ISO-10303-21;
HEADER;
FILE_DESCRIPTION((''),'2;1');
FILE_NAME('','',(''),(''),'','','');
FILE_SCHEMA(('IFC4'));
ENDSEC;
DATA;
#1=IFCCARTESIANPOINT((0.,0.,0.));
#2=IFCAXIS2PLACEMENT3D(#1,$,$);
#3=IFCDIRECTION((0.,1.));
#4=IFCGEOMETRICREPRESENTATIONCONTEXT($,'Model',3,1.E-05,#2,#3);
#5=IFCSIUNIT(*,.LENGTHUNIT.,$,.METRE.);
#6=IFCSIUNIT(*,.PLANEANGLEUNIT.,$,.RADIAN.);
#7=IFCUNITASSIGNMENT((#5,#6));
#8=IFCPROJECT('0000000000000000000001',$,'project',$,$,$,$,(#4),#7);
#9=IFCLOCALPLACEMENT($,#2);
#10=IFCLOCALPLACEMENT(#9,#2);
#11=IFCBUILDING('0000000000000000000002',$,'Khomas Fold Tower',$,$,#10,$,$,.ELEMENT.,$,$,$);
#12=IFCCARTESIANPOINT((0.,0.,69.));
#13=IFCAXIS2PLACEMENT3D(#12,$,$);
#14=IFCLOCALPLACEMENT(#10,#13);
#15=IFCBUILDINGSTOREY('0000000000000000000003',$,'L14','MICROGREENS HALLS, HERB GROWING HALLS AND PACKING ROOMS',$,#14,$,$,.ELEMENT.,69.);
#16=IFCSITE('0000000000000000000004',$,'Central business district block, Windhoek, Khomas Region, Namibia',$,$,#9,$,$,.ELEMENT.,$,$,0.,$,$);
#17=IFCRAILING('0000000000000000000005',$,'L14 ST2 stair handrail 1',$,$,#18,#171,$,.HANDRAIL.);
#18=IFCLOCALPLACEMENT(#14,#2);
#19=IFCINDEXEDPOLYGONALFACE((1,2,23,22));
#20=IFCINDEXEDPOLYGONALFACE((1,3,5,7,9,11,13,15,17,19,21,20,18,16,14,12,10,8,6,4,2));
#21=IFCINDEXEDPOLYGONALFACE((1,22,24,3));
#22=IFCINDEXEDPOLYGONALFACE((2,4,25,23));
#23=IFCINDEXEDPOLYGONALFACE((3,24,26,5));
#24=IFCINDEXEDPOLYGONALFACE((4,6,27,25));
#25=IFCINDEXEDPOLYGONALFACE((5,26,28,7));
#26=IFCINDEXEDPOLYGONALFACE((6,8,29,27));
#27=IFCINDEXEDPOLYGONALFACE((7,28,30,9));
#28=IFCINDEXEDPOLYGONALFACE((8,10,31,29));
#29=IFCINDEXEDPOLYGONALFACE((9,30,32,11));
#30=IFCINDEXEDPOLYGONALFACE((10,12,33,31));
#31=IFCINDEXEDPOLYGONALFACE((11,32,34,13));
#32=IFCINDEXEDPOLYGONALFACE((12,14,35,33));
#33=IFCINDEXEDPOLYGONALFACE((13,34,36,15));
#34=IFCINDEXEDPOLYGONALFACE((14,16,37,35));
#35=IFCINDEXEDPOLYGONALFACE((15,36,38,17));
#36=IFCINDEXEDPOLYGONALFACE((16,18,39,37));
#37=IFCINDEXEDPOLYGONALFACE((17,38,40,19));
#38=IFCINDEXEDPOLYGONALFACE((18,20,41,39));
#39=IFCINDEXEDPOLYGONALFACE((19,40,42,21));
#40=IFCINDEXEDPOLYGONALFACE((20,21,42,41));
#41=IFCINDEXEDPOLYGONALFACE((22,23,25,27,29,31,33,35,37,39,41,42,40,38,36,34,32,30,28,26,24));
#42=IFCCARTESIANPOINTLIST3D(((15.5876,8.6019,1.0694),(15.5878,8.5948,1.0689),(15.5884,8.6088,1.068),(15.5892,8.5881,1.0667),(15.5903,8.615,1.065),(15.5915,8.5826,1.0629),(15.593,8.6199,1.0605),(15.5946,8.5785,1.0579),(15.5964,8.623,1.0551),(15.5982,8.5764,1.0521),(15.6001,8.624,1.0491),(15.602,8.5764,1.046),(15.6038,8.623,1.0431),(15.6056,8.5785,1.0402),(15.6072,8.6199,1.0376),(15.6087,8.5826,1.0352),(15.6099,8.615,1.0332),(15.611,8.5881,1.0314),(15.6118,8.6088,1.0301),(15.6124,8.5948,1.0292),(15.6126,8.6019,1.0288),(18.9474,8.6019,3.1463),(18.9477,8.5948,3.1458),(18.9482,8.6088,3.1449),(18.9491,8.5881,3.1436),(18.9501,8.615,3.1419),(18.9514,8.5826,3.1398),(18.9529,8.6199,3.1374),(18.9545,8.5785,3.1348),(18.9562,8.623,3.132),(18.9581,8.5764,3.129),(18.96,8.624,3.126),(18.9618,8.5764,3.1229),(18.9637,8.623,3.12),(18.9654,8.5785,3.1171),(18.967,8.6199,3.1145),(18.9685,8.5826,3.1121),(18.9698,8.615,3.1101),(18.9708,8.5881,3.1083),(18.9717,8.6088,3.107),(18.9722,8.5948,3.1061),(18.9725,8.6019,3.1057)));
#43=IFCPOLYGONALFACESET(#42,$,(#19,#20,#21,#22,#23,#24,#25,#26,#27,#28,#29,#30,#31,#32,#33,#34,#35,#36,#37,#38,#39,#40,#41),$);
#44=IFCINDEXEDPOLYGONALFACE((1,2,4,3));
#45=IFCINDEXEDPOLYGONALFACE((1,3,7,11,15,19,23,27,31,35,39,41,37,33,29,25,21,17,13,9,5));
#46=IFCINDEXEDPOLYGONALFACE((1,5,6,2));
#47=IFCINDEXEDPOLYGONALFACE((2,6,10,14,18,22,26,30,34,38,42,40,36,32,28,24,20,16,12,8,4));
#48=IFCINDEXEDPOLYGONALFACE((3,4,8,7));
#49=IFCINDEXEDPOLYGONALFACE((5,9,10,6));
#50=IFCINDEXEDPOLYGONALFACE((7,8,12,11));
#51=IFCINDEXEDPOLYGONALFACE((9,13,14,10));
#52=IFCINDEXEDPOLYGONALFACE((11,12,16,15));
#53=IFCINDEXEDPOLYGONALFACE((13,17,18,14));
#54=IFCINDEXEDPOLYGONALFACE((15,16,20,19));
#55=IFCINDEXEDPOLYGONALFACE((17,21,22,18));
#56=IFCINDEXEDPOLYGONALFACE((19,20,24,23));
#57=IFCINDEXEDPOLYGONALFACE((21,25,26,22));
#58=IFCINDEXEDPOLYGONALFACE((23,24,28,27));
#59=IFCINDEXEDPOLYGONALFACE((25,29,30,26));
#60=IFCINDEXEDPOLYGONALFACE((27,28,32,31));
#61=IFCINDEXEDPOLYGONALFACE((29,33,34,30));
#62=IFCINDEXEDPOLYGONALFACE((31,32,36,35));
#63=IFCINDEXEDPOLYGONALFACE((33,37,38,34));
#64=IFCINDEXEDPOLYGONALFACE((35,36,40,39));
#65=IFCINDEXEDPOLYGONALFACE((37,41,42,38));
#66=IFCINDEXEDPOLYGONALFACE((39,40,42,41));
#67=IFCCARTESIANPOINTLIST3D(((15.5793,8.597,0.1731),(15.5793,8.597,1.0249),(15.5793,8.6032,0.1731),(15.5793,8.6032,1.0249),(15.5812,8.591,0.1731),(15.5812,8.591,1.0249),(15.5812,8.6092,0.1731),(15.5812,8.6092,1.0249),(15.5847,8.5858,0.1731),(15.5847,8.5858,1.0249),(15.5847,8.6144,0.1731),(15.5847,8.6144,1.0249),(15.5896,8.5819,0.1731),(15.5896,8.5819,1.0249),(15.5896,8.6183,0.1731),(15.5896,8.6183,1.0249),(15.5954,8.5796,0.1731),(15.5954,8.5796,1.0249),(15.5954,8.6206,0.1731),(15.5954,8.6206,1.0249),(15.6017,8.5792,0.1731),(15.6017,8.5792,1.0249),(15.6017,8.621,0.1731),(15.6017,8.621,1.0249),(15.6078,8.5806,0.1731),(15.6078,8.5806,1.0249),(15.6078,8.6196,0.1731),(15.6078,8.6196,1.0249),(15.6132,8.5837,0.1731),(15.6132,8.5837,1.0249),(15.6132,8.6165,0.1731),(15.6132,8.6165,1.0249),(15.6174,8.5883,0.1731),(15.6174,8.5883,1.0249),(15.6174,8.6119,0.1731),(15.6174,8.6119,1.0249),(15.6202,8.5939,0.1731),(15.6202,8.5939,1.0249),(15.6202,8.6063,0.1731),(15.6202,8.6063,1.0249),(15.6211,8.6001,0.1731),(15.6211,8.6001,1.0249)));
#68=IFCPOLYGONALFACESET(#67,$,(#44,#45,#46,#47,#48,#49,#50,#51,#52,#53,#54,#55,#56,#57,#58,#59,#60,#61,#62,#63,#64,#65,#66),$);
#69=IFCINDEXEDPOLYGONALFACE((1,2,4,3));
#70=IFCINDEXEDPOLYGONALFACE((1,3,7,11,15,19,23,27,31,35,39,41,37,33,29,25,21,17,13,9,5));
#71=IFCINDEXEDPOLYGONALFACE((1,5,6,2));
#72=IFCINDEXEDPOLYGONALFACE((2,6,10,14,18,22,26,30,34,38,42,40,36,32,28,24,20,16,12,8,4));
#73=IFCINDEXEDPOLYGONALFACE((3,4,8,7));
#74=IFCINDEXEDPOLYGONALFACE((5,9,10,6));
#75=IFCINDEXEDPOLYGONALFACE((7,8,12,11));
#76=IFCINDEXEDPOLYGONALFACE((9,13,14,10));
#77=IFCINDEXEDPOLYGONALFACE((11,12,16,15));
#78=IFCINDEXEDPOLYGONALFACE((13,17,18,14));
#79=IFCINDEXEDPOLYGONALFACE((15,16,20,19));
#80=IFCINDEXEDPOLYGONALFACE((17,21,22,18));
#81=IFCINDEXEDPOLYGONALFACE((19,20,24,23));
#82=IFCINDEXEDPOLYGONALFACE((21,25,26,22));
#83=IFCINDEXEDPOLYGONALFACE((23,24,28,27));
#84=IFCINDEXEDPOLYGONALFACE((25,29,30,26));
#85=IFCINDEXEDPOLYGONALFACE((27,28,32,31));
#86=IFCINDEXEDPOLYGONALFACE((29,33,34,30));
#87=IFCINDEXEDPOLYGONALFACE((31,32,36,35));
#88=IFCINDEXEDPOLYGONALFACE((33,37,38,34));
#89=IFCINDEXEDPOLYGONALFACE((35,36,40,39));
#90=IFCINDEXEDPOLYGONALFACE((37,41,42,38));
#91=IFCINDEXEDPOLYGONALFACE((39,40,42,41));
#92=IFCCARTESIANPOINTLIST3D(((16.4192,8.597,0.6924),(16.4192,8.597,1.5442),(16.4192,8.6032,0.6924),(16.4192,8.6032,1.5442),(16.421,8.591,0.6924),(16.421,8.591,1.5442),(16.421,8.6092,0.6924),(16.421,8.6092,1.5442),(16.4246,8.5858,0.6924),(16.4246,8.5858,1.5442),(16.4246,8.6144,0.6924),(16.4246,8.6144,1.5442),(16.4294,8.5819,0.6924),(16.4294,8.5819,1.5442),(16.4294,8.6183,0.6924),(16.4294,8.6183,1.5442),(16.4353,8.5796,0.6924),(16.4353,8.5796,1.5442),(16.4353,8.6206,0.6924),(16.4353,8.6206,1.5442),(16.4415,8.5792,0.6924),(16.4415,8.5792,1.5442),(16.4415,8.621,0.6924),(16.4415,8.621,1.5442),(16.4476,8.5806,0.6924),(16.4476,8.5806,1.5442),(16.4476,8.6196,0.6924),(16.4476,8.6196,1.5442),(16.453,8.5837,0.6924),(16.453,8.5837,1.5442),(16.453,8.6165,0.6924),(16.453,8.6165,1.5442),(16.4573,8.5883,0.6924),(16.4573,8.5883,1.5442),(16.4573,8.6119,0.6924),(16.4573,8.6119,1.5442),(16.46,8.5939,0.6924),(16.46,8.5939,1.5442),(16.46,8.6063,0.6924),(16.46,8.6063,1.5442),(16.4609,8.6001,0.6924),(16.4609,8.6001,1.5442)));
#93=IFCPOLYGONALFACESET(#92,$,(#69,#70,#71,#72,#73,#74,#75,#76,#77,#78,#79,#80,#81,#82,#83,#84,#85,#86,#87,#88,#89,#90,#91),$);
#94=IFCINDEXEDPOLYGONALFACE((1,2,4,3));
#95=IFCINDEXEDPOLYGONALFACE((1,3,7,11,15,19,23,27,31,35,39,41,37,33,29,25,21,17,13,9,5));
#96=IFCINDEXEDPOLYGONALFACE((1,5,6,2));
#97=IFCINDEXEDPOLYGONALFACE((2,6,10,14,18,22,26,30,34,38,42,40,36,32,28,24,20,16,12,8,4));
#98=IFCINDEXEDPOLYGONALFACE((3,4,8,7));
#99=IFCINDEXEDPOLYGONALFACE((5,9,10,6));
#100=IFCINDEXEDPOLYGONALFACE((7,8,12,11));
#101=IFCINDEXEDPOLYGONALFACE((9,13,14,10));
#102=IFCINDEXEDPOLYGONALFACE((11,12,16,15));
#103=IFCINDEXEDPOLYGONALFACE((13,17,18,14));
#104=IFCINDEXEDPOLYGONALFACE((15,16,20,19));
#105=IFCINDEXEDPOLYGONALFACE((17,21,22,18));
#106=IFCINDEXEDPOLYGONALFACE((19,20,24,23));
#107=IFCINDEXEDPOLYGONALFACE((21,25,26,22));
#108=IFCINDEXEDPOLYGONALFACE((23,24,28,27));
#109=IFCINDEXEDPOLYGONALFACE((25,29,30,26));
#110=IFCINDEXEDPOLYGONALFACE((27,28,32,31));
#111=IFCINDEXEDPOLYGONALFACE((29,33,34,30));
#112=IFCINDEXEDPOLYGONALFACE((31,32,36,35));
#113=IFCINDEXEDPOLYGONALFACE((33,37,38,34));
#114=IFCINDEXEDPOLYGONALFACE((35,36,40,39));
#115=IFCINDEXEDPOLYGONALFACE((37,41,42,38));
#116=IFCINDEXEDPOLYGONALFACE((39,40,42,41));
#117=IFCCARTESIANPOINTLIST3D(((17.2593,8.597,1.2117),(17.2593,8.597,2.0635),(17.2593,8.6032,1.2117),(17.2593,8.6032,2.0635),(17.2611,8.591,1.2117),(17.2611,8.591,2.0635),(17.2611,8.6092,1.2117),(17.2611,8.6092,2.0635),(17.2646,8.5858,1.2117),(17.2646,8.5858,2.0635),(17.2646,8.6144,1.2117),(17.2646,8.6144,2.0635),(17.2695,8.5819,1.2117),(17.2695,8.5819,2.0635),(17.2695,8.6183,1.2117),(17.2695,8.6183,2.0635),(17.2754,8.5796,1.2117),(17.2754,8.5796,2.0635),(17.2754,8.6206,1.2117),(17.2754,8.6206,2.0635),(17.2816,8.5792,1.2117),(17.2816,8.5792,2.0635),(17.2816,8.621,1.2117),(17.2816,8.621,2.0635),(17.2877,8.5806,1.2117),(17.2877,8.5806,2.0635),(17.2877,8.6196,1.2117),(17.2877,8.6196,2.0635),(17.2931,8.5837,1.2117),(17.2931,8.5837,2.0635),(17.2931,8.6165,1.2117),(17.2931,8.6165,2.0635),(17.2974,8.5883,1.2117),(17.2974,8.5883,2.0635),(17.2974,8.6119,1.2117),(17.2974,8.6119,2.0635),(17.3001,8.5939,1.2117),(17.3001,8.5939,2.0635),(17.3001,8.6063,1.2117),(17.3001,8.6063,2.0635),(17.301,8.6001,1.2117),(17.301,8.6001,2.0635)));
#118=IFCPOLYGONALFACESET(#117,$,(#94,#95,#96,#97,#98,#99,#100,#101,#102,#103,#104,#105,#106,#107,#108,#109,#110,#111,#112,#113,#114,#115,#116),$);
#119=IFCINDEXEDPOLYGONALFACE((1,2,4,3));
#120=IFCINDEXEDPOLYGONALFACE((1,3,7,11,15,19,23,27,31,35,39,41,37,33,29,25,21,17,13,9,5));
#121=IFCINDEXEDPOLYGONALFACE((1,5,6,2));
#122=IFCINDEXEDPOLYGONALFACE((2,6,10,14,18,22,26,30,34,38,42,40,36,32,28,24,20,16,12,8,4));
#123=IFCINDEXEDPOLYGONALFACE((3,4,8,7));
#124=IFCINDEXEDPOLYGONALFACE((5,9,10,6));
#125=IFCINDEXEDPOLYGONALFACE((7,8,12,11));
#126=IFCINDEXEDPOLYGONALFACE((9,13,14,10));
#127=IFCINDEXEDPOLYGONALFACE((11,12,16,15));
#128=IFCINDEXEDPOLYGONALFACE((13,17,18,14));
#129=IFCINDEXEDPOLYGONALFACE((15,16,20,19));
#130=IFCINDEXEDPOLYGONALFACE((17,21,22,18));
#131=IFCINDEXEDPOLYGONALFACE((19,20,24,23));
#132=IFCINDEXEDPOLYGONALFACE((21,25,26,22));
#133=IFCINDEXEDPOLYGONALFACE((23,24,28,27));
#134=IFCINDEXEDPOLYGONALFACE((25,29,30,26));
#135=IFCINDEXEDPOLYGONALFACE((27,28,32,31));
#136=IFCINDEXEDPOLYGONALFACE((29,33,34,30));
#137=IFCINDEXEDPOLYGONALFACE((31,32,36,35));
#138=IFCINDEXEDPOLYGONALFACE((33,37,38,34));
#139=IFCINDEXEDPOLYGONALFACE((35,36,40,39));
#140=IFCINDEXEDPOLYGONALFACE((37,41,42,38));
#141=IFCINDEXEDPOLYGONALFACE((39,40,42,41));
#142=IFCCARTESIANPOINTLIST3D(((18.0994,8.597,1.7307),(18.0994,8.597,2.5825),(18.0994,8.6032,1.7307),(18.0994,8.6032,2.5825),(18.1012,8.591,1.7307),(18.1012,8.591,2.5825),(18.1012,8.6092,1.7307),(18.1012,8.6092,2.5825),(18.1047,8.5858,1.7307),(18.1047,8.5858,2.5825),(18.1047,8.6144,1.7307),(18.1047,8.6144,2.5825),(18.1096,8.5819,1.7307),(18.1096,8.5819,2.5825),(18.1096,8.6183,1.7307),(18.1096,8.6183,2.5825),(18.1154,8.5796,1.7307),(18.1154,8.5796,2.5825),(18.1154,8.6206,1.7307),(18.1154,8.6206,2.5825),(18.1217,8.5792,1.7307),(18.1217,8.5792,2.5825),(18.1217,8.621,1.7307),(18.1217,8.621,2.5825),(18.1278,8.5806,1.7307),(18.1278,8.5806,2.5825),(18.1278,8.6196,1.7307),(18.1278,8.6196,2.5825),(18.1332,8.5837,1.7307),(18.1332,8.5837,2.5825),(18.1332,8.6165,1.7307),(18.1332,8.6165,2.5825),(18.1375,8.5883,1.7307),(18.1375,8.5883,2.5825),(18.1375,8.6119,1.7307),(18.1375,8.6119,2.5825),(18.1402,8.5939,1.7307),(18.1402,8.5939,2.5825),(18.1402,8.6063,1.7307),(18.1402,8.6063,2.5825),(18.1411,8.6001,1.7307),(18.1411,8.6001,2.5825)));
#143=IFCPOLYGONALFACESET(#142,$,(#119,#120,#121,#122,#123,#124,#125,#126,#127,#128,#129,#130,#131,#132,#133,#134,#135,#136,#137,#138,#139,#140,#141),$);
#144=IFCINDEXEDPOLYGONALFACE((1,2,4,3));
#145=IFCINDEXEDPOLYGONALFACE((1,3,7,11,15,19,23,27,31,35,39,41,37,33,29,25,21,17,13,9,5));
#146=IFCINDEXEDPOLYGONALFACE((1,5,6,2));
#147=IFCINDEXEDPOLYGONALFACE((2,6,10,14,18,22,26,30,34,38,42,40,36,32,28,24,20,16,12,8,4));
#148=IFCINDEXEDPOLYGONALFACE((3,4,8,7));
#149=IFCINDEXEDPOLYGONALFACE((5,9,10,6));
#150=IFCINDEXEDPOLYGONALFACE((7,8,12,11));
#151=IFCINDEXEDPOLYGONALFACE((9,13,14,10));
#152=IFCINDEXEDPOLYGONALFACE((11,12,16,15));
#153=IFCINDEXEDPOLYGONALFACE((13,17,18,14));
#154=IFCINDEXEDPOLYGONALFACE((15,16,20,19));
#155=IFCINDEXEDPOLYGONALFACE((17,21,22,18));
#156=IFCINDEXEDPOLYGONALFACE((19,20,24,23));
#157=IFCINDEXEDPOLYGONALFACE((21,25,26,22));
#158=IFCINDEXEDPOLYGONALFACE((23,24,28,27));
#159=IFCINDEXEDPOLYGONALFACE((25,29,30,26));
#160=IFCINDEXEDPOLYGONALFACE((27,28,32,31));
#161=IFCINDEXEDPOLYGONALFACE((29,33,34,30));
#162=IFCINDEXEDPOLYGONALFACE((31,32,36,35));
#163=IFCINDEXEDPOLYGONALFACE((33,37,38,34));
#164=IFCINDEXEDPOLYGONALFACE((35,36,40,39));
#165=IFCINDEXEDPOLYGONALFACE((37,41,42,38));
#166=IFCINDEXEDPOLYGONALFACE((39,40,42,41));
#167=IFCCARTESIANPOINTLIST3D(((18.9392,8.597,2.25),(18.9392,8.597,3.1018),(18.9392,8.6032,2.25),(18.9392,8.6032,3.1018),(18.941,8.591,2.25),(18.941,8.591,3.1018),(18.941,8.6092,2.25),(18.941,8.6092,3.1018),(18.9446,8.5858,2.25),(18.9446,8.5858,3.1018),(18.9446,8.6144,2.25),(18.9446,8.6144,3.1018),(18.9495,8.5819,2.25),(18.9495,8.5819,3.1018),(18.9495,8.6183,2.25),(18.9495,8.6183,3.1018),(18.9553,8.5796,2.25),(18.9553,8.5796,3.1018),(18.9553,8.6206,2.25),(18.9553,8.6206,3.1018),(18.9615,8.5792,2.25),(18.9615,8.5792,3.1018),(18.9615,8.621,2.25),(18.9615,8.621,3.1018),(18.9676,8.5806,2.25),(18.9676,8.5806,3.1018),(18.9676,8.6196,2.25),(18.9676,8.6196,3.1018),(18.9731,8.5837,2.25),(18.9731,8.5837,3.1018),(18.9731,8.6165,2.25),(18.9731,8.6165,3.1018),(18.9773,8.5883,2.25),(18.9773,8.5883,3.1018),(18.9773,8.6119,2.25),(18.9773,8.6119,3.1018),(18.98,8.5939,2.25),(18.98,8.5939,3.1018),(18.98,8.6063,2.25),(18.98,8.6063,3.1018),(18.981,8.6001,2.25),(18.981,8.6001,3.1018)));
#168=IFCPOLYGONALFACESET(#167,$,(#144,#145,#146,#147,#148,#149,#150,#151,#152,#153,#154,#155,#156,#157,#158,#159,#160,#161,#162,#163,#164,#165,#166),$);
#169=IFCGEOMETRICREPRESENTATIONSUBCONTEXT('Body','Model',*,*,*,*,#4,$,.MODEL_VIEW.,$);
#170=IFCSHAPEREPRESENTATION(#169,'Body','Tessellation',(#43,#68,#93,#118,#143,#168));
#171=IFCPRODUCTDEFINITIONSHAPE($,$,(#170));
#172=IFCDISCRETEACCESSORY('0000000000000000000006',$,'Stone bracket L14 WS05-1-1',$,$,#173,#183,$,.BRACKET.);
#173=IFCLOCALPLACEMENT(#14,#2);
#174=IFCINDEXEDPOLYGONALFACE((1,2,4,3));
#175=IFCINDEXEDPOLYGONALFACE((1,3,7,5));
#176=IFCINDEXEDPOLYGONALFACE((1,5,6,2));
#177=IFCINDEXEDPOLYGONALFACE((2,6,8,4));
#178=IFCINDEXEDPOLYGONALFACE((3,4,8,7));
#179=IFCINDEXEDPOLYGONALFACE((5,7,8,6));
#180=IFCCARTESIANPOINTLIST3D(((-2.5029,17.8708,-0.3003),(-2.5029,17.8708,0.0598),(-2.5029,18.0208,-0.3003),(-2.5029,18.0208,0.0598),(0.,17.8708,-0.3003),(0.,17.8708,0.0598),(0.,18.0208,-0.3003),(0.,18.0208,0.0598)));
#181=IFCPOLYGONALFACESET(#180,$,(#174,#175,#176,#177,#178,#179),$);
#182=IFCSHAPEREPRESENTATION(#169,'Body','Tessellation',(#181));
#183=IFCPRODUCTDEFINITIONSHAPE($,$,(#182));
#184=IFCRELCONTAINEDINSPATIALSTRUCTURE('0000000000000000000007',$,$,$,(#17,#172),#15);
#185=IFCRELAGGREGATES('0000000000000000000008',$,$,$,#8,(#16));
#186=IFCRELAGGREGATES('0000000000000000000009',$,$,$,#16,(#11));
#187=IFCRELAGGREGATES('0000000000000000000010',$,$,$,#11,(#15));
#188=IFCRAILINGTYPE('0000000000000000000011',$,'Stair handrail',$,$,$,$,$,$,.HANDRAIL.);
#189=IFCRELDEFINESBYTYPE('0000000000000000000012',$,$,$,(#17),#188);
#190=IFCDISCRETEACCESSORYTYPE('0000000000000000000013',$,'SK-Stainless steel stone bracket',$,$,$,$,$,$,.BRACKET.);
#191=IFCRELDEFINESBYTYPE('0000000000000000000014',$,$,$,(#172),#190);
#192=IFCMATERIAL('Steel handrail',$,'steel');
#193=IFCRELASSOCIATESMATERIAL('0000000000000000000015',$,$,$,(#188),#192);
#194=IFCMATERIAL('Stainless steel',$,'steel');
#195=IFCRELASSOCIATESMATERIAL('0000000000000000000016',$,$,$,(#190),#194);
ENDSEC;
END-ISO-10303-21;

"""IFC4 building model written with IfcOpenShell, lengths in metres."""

from ifc_helpers import new_model, si_unit, direction, frame, origin, origin_2d, place, context, subcontext, project, spatial, rectangle, circle, extrude, source, transform, mapped, material, type_object, element, save


model = new_model("IFC4")

# Units and contexts
model_context = context("Model", 3, precision=1e-05, world=origin(), true_north=direction((0.0, 1.0)))
body_context = subcontext(model_context, "Body", "Model", "MODEL_VIEW")
ifc_project = project(units=[si_unit("LENGTHUNIT", "METRE"), si_unit("PLANEANGLEUNIT", "RADIAN")], contexts=[model_context])

# Site, building, storey
site_placement = place(None, origin())
site = spatial("IfcSite", under=ifc_project, at=site_placement, Name="Central business district block, Windhoek, Khomas Region, Namibia", CompositionType="ELEMENT", RefElevation=0.0)
building_placement = place(site_placement, origin())
building = spatial("IfcBuilding", under=site, at=building_placement, Name="Khomas Fold Tower", CompositionType="ELEMENT")
storey_placement = place(building_placement, frame((0.0, 0.0, 69.0)))
storey = spatial("IfcBuildingStorey", under=building, at=storey_placement, Name="L14", Description="MICROGREENS HALLS, HERB GROWING HALLS AND PACKING ROOMS", CompositionType="ELEMENT", Elevation=69.0)

# Railing
ifc_material_1 = material(Name="Steel handrail", Category="steel")
railing_type_1 = type_object("IfcRailingType", Name="Stair handrail", PredefinedType="HANDRAIL", material=ifc_material_1)
shared_shape_1 = source(origin(), body_context, "Body", "SweptSolid", [
    extrude(circle(Radius=0.0239, at=origin_2d()), frame((0.0, 0.0, 0.876), z_axis=(0.850606, 0.0, 0.525803), x_axis=(0.0, 1.0, 0.0)), (0.0, 0.0, 1.0), 3.95),
    extrude(circle(Radius=0.021, at=origin_2d()), origin(), (0.0, 0.0, 1.0), 0.8518),
    extrude(circle(Radius=0.021, at=origin_2d()), frame((0.8398, 0.0, 0.5193)), (0.0, 0.0, 1.0), 0.8518),
    extrude(circle(Radius=0.021, at=origin_2d()), frame((1.6799, 0.0, 1.0386)), (0.0, 0.0, 1.0), 0.8518),
    extrude(circle(Radius=0.021, at=origin_2d()), frame((2.52, 0.0, 1.5576)), (0.0, 0.0, 1.0), 0.8518),
    extrude(circle(Radius=0.021, at=origin_2d()), frame((3.3599, 0.0, 2.0769)), (0.0, 0.0, 1.0), 0.8518),
])
railing_1_placement = place(storey_placement, frame((15.6001, 8.6001, 0.1731)))
element("IfcRailing", 1, at=railing_1_placement, inside=storey, type_object=railing_type_1, Name="L14 ST2 stair handrail 1", PredefinedType="HANDRAIL", context=body_context, shape_type="MappedRepresentation", body=[
    mapped(shared_shape_1, transform((0.0, 0.0, 0.0))),
])

# Discrete accessory
ifc_material_2 = material(Name="Stainless steel", Category="steel")
discrete_accessory_type = type_object("IfcDiscreteAccessoryType", Name="SK-Stainless steel stone bracket", PredefinedType="BRACKET", material=ifc_material_2)
shared_shape_2 = source(origin(), body_context, "Body", "SweptSolid", [
    extrude(rectangle(XDim=2.5029, YDim=0.1499, at=origin_2d()), origin(), (0.0, 0.0, 1.0), 0.3601),
])
discrete_accessory_placement = place(storey_placement, frame((-1.2515, 17.9458, -0.3003), z_axis=(0.0, 0.0, 1.0), x_axis=(-1.0, 0.0, 0.0)))
element("IfcDiscreteAccessory", 2, at=discrete_accessory_placement, inside=storey, type_object=discrete_accessory_type, Name="Stone bracket L14 WS05-1-1", PredefinedType="BRACKET", context=body_context, shape_type="MappedRepresentation", body=[
    mapped(shared_shape_2, transform((0.0, 0.0, 0.0))),
])

save(model, "model.ifc")
